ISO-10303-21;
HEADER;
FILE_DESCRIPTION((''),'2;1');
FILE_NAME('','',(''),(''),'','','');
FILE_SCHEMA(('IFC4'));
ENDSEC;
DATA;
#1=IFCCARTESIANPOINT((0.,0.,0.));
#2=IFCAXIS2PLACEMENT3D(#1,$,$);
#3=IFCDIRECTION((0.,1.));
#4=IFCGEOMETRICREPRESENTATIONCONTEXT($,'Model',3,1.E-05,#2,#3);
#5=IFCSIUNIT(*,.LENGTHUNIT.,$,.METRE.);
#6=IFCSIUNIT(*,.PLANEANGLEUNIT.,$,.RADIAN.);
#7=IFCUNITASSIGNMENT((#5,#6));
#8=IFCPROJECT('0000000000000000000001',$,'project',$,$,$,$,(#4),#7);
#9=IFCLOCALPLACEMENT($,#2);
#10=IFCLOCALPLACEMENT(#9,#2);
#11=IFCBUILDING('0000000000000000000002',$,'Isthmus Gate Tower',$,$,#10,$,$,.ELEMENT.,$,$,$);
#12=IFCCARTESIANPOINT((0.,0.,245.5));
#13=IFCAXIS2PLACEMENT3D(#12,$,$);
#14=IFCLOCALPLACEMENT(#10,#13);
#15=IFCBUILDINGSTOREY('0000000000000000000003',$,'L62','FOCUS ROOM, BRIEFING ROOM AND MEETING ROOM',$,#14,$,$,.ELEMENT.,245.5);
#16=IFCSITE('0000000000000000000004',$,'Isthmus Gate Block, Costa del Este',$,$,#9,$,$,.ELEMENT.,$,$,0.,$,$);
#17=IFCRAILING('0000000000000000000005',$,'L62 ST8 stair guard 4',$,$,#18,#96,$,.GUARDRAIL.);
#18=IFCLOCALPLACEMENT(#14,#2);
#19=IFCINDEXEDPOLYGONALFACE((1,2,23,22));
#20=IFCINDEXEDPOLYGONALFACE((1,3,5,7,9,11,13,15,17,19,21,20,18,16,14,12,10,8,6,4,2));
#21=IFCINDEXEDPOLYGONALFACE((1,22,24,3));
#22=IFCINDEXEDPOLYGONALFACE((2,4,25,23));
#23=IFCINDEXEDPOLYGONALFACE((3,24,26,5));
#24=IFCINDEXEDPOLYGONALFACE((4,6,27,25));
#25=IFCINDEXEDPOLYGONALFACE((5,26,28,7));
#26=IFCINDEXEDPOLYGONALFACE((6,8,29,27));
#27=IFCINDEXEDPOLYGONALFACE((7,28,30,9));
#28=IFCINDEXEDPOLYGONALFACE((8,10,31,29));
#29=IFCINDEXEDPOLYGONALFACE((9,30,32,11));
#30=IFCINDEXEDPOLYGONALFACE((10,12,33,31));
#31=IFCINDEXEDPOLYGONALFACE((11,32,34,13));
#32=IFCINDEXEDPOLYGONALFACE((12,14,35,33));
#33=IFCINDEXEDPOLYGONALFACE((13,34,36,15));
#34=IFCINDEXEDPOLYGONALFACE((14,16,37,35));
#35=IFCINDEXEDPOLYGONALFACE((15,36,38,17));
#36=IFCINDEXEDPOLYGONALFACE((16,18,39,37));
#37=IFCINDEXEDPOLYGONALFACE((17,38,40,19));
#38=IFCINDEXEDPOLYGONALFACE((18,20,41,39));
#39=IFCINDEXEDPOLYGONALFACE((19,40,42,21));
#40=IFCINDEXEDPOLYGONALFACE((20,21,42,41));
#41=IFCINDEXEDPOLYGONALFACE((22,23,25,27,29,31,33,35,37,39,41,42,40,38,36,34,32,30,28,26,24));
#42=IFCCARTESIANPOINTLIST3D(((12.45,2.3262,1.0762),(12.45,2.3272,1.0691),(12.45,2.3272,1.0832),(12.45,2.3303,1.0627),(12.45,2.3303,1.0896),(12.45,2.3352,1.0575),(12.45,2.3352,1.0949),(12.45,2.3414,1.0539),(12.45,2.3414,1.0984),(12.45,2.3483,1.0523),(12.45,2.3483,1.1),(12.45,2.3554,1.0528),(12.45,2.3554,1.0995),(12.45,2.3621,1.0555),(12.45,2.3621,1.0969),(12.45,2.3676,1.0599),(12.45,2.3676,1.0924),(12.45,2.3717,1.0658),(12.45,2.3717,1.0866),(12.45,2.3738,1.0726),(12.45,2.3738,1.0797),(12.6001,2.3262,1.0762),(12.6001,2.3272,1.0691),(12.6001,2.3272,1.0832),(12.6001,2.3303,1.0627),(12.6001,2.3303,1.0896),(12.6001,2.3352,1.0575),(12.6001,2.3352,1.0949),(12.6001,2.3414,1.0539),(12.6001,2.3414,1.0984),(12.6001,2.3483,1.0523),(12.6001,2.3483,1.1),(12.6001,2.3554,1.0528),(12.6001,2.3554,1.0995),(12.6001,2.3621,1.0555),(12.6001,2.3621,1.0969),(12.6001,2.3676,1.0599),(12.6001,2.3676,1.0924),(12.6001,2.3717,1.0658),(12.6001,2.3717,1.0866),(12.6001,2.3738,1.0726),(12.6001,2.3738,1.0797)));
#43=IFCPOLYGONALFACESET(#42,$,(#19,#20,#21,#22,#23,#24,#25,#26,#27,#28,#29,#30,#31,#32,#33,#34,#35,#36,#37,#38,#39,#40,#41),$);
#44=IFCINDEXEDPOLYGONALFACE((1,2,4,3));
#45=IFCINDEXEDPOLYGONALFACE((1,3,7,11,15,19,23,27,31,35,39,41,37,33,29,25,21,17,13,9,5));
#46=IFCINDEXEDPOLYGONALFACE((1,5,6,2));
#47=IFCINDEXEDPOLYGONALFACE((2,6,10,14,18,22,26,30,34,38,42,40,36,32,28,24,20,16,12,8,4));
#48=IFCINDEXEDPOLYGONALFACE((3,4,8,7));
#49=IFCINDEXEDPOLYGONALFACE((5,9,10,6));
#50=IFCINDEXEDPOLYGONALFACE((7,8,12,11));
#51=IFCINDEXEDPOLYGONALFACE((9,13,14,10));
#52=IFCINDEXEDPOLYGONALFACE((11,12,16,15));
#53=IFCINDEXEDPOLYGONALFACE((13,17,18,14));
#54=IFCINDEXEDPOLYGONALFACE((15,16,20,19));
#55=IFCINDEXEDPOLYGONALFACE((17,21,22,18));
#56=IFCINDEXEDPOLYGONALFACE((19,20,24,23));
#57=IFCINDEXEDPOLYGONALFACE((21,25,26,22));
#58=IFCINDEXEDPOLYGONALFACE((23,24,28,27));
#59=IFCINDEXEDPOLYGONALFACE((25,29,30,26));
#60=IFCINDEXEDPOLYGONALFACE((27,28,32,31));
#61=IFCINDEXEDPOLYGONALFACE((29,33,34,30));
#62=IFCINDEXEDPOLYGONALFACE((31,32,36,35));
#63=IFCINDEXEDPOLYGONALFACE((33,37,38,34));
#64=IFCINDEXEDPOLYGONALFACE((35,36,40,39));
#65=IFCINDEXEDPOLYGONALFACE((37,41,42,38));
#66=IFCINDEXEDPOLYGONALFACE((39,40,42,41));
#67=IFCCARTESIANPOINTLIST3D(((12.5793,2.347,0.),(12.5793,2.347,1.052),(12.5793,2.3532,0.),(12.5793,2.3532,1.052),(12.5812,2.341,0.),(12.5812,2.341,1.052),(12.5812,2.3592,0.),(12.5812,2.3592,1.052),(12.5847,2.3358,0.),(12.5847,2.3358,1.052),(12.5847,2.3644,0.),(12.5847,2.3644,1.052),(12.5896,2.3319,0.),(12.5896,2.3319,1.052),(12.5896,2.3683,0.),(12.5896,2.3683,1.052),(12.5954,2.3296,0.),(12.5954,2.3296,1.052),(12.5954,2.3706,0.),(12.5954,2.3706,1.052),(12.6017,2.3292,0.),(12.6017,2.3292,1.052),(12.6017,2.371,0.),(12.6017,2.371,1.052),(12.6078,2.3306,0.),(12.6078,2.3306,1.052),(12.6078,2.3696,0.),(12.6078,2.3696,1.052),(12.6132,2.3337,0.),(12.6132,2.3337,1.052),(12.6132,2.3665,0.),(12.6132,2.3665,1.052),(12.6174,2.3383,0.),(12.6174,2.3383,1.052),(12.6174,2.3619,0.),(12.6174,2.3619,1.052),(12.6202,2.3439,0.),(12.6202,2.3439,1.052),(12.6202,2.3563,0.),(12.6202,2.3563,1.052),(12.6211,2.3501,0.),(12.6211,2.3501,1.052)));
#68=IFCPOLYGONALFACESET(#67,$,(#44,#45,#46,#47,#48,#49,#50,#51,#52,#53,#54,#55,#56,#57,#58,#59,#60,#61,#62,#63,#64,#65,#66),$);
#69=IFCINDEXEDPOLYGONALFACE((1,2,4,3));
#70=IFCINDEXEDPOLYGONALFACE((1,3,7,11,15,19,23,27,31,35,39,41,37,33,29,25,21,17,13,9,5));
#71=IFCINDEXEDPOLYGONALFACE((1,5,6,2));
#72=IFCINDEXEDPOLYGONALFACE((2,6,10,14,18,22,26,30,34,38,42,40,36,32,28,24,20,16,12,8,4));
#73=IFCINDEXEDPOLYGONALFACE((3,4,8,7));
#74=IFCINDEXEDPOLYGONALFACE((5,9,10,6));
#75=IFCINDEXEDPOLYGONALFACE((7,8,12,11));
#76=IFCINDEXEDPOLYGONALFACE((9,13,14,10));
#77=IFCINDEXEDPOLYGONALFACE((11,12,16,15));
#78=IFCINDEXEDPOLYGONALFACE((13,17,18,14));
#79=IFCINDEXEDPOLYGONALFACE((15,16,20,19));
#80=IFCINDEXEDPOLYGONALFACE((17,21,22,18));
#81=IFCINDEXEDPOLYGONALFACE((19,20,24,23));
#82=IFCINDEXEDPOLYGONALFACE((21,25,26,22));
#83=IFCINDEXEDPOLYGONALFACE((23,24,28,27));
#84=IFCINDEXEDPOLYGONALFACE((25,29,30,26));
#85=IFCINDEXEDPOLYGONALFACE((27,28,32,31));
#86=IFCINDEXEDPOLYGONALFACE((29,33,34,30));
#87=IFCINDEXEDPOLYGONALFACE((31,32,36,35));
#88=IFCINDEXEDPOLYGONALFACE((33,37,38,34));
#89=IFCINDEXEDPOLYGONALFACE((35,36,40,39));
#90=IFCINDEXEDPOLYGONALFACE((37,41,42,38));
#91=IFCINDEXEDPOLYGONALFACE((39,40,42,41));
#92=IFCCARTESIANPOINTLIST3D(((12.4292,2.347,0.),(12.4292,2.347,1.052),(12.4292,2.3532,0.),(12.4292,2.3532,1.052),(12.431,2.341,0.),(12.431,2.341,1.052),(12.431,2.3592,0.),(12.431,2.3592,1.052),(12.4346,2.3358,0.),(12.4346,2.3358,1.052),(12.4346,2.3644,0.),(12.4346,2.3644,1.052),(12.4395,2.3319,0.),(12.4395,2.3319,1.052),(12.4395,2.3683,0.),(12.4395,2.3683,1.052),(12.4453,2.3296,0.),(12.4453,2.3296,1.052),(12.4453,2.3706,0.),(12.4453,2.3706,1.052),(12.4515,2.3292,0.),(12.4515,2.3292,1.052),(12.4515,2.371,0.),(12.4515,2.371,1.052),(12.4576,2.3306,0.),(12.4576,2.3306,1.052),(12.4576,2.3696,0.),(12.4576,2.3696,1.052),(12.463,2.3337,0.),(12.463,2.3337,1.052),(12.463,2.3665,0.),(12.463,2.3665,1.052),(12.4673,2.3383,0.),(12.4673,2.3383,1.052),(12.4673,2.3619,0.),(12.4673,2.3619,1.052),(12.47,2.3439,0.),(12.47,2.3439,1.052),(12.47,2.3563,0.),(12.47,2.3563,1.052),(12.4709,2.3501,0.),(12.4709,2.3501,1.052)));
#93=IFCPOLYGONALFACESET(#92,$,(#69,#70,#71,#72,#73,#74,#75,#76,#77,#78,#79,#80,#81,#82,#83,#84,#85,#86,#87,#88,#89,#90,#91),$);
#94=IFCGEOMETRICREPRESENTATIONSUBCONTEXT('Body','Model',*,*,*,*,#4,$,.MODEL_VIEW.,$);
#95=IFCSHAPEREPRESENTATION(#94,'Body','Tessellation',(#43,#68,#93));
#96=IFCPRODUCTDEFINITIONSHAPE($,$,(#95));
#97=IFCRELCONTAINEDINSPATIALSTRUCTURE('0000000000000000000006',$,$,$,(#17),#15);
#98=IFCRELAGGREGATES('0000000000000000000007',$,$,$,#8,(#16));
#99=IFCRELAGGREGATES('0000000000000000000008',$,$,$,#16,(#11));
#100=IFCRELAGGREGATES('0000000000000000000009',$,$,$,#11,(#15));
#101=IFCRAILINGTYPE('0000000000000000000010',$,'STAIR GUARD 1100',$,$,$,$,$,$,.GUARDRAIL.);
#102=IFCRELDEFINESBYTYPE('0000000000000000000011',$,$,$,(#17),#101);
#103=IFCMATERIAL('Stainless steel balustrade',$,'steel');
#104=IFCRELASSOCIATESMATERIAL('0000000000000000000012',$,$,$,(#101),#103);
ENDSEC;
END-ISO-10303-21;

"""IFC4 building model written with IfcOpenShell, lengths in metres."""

from ifc_helpers import new_model, si_unit, direction, frame, origin, origin_2d, place, context, subcontext, project, spatial, circle, extrude, material, type_object, element, save


model = new_model("IFC4")

# Units and contexts
model_context = context("Model", 3, precision=1e-05, world=origin(), true_north=direction((0.0, 1.0)))
body_context = subcontext(model_context, "Body", "Model", "MODEL_VIEW")
ifc_project = project(units=[si_unit("LENGTHUNIT", "METRE"), si_unit("PLANEANGLEUNIT", "RADIAN")], contexts=[model_context])

# Site, building, storey
site_placement = place(None, origin())
site = spatial("IfcSite", under=ifc_project, at=site_placement, Name="Isthmus Gate Block, Costa del Este", CompositionType="ELEMENT", RefElevation=0.0)
building_placement = place(site_placement, origin())
building = spatial("IfcBuilding", under=site, at=building_placement, Name="Isthmus Gate Tower", CompositionType="ELEMENT")
storey_placement = place(building_placement, frame((0.0, 0.0, 245.5)))
storey = spatial("IfcBuildingStorey", under=building, at=storey_placement, Name="L62", Description="FOCUS ROOM, BRIEFING ROOM AND MEETING ROOM", CompositionType="ELEMENT", Elevation=245.5)

# Railing
ifc_material_1 = material(Name="Stainless steel balustrade", Category="steel")
railing_type_1 = type_object("IfcRailingType", Name="STAIR GUARD 1100", PredefinedType="GUARDRAIL", material=ifc_material_1)
railing_1_placement = place(storey_placement, frame((12.6001, 2.3501, 0.0)))
element("IfcRailing", 1, at=railing_1_placement, inside=storey, type_object=railing_type_1, Name="L62 ST8 stair guard 4", PredefinedType="GUARDRAIL", context=body_context, shape_type="SweptSolid", body=[
    extrude(circle(Radius=0.0239, at=origin_2d()), frame((0.0, 0.0, 1.0762), z_axis=(-1.0, 0.0, 0.0), x_axis=(0.0, -1.0, 0.0)), (0.0, 0.0, 1.0), 0.1501),
    extrude(circle(Radius=0.021, at=origin_2d()), origin(), (0.0, 0.0, 1.0), 1.052),
    extrude(circle(Radius=0.021, at=origin_2d()), frame((-0.1501, 0.0, 0.0)), (0.0, 0.0, 1.0), 1.052),
])

save(model, "model.ifc")
